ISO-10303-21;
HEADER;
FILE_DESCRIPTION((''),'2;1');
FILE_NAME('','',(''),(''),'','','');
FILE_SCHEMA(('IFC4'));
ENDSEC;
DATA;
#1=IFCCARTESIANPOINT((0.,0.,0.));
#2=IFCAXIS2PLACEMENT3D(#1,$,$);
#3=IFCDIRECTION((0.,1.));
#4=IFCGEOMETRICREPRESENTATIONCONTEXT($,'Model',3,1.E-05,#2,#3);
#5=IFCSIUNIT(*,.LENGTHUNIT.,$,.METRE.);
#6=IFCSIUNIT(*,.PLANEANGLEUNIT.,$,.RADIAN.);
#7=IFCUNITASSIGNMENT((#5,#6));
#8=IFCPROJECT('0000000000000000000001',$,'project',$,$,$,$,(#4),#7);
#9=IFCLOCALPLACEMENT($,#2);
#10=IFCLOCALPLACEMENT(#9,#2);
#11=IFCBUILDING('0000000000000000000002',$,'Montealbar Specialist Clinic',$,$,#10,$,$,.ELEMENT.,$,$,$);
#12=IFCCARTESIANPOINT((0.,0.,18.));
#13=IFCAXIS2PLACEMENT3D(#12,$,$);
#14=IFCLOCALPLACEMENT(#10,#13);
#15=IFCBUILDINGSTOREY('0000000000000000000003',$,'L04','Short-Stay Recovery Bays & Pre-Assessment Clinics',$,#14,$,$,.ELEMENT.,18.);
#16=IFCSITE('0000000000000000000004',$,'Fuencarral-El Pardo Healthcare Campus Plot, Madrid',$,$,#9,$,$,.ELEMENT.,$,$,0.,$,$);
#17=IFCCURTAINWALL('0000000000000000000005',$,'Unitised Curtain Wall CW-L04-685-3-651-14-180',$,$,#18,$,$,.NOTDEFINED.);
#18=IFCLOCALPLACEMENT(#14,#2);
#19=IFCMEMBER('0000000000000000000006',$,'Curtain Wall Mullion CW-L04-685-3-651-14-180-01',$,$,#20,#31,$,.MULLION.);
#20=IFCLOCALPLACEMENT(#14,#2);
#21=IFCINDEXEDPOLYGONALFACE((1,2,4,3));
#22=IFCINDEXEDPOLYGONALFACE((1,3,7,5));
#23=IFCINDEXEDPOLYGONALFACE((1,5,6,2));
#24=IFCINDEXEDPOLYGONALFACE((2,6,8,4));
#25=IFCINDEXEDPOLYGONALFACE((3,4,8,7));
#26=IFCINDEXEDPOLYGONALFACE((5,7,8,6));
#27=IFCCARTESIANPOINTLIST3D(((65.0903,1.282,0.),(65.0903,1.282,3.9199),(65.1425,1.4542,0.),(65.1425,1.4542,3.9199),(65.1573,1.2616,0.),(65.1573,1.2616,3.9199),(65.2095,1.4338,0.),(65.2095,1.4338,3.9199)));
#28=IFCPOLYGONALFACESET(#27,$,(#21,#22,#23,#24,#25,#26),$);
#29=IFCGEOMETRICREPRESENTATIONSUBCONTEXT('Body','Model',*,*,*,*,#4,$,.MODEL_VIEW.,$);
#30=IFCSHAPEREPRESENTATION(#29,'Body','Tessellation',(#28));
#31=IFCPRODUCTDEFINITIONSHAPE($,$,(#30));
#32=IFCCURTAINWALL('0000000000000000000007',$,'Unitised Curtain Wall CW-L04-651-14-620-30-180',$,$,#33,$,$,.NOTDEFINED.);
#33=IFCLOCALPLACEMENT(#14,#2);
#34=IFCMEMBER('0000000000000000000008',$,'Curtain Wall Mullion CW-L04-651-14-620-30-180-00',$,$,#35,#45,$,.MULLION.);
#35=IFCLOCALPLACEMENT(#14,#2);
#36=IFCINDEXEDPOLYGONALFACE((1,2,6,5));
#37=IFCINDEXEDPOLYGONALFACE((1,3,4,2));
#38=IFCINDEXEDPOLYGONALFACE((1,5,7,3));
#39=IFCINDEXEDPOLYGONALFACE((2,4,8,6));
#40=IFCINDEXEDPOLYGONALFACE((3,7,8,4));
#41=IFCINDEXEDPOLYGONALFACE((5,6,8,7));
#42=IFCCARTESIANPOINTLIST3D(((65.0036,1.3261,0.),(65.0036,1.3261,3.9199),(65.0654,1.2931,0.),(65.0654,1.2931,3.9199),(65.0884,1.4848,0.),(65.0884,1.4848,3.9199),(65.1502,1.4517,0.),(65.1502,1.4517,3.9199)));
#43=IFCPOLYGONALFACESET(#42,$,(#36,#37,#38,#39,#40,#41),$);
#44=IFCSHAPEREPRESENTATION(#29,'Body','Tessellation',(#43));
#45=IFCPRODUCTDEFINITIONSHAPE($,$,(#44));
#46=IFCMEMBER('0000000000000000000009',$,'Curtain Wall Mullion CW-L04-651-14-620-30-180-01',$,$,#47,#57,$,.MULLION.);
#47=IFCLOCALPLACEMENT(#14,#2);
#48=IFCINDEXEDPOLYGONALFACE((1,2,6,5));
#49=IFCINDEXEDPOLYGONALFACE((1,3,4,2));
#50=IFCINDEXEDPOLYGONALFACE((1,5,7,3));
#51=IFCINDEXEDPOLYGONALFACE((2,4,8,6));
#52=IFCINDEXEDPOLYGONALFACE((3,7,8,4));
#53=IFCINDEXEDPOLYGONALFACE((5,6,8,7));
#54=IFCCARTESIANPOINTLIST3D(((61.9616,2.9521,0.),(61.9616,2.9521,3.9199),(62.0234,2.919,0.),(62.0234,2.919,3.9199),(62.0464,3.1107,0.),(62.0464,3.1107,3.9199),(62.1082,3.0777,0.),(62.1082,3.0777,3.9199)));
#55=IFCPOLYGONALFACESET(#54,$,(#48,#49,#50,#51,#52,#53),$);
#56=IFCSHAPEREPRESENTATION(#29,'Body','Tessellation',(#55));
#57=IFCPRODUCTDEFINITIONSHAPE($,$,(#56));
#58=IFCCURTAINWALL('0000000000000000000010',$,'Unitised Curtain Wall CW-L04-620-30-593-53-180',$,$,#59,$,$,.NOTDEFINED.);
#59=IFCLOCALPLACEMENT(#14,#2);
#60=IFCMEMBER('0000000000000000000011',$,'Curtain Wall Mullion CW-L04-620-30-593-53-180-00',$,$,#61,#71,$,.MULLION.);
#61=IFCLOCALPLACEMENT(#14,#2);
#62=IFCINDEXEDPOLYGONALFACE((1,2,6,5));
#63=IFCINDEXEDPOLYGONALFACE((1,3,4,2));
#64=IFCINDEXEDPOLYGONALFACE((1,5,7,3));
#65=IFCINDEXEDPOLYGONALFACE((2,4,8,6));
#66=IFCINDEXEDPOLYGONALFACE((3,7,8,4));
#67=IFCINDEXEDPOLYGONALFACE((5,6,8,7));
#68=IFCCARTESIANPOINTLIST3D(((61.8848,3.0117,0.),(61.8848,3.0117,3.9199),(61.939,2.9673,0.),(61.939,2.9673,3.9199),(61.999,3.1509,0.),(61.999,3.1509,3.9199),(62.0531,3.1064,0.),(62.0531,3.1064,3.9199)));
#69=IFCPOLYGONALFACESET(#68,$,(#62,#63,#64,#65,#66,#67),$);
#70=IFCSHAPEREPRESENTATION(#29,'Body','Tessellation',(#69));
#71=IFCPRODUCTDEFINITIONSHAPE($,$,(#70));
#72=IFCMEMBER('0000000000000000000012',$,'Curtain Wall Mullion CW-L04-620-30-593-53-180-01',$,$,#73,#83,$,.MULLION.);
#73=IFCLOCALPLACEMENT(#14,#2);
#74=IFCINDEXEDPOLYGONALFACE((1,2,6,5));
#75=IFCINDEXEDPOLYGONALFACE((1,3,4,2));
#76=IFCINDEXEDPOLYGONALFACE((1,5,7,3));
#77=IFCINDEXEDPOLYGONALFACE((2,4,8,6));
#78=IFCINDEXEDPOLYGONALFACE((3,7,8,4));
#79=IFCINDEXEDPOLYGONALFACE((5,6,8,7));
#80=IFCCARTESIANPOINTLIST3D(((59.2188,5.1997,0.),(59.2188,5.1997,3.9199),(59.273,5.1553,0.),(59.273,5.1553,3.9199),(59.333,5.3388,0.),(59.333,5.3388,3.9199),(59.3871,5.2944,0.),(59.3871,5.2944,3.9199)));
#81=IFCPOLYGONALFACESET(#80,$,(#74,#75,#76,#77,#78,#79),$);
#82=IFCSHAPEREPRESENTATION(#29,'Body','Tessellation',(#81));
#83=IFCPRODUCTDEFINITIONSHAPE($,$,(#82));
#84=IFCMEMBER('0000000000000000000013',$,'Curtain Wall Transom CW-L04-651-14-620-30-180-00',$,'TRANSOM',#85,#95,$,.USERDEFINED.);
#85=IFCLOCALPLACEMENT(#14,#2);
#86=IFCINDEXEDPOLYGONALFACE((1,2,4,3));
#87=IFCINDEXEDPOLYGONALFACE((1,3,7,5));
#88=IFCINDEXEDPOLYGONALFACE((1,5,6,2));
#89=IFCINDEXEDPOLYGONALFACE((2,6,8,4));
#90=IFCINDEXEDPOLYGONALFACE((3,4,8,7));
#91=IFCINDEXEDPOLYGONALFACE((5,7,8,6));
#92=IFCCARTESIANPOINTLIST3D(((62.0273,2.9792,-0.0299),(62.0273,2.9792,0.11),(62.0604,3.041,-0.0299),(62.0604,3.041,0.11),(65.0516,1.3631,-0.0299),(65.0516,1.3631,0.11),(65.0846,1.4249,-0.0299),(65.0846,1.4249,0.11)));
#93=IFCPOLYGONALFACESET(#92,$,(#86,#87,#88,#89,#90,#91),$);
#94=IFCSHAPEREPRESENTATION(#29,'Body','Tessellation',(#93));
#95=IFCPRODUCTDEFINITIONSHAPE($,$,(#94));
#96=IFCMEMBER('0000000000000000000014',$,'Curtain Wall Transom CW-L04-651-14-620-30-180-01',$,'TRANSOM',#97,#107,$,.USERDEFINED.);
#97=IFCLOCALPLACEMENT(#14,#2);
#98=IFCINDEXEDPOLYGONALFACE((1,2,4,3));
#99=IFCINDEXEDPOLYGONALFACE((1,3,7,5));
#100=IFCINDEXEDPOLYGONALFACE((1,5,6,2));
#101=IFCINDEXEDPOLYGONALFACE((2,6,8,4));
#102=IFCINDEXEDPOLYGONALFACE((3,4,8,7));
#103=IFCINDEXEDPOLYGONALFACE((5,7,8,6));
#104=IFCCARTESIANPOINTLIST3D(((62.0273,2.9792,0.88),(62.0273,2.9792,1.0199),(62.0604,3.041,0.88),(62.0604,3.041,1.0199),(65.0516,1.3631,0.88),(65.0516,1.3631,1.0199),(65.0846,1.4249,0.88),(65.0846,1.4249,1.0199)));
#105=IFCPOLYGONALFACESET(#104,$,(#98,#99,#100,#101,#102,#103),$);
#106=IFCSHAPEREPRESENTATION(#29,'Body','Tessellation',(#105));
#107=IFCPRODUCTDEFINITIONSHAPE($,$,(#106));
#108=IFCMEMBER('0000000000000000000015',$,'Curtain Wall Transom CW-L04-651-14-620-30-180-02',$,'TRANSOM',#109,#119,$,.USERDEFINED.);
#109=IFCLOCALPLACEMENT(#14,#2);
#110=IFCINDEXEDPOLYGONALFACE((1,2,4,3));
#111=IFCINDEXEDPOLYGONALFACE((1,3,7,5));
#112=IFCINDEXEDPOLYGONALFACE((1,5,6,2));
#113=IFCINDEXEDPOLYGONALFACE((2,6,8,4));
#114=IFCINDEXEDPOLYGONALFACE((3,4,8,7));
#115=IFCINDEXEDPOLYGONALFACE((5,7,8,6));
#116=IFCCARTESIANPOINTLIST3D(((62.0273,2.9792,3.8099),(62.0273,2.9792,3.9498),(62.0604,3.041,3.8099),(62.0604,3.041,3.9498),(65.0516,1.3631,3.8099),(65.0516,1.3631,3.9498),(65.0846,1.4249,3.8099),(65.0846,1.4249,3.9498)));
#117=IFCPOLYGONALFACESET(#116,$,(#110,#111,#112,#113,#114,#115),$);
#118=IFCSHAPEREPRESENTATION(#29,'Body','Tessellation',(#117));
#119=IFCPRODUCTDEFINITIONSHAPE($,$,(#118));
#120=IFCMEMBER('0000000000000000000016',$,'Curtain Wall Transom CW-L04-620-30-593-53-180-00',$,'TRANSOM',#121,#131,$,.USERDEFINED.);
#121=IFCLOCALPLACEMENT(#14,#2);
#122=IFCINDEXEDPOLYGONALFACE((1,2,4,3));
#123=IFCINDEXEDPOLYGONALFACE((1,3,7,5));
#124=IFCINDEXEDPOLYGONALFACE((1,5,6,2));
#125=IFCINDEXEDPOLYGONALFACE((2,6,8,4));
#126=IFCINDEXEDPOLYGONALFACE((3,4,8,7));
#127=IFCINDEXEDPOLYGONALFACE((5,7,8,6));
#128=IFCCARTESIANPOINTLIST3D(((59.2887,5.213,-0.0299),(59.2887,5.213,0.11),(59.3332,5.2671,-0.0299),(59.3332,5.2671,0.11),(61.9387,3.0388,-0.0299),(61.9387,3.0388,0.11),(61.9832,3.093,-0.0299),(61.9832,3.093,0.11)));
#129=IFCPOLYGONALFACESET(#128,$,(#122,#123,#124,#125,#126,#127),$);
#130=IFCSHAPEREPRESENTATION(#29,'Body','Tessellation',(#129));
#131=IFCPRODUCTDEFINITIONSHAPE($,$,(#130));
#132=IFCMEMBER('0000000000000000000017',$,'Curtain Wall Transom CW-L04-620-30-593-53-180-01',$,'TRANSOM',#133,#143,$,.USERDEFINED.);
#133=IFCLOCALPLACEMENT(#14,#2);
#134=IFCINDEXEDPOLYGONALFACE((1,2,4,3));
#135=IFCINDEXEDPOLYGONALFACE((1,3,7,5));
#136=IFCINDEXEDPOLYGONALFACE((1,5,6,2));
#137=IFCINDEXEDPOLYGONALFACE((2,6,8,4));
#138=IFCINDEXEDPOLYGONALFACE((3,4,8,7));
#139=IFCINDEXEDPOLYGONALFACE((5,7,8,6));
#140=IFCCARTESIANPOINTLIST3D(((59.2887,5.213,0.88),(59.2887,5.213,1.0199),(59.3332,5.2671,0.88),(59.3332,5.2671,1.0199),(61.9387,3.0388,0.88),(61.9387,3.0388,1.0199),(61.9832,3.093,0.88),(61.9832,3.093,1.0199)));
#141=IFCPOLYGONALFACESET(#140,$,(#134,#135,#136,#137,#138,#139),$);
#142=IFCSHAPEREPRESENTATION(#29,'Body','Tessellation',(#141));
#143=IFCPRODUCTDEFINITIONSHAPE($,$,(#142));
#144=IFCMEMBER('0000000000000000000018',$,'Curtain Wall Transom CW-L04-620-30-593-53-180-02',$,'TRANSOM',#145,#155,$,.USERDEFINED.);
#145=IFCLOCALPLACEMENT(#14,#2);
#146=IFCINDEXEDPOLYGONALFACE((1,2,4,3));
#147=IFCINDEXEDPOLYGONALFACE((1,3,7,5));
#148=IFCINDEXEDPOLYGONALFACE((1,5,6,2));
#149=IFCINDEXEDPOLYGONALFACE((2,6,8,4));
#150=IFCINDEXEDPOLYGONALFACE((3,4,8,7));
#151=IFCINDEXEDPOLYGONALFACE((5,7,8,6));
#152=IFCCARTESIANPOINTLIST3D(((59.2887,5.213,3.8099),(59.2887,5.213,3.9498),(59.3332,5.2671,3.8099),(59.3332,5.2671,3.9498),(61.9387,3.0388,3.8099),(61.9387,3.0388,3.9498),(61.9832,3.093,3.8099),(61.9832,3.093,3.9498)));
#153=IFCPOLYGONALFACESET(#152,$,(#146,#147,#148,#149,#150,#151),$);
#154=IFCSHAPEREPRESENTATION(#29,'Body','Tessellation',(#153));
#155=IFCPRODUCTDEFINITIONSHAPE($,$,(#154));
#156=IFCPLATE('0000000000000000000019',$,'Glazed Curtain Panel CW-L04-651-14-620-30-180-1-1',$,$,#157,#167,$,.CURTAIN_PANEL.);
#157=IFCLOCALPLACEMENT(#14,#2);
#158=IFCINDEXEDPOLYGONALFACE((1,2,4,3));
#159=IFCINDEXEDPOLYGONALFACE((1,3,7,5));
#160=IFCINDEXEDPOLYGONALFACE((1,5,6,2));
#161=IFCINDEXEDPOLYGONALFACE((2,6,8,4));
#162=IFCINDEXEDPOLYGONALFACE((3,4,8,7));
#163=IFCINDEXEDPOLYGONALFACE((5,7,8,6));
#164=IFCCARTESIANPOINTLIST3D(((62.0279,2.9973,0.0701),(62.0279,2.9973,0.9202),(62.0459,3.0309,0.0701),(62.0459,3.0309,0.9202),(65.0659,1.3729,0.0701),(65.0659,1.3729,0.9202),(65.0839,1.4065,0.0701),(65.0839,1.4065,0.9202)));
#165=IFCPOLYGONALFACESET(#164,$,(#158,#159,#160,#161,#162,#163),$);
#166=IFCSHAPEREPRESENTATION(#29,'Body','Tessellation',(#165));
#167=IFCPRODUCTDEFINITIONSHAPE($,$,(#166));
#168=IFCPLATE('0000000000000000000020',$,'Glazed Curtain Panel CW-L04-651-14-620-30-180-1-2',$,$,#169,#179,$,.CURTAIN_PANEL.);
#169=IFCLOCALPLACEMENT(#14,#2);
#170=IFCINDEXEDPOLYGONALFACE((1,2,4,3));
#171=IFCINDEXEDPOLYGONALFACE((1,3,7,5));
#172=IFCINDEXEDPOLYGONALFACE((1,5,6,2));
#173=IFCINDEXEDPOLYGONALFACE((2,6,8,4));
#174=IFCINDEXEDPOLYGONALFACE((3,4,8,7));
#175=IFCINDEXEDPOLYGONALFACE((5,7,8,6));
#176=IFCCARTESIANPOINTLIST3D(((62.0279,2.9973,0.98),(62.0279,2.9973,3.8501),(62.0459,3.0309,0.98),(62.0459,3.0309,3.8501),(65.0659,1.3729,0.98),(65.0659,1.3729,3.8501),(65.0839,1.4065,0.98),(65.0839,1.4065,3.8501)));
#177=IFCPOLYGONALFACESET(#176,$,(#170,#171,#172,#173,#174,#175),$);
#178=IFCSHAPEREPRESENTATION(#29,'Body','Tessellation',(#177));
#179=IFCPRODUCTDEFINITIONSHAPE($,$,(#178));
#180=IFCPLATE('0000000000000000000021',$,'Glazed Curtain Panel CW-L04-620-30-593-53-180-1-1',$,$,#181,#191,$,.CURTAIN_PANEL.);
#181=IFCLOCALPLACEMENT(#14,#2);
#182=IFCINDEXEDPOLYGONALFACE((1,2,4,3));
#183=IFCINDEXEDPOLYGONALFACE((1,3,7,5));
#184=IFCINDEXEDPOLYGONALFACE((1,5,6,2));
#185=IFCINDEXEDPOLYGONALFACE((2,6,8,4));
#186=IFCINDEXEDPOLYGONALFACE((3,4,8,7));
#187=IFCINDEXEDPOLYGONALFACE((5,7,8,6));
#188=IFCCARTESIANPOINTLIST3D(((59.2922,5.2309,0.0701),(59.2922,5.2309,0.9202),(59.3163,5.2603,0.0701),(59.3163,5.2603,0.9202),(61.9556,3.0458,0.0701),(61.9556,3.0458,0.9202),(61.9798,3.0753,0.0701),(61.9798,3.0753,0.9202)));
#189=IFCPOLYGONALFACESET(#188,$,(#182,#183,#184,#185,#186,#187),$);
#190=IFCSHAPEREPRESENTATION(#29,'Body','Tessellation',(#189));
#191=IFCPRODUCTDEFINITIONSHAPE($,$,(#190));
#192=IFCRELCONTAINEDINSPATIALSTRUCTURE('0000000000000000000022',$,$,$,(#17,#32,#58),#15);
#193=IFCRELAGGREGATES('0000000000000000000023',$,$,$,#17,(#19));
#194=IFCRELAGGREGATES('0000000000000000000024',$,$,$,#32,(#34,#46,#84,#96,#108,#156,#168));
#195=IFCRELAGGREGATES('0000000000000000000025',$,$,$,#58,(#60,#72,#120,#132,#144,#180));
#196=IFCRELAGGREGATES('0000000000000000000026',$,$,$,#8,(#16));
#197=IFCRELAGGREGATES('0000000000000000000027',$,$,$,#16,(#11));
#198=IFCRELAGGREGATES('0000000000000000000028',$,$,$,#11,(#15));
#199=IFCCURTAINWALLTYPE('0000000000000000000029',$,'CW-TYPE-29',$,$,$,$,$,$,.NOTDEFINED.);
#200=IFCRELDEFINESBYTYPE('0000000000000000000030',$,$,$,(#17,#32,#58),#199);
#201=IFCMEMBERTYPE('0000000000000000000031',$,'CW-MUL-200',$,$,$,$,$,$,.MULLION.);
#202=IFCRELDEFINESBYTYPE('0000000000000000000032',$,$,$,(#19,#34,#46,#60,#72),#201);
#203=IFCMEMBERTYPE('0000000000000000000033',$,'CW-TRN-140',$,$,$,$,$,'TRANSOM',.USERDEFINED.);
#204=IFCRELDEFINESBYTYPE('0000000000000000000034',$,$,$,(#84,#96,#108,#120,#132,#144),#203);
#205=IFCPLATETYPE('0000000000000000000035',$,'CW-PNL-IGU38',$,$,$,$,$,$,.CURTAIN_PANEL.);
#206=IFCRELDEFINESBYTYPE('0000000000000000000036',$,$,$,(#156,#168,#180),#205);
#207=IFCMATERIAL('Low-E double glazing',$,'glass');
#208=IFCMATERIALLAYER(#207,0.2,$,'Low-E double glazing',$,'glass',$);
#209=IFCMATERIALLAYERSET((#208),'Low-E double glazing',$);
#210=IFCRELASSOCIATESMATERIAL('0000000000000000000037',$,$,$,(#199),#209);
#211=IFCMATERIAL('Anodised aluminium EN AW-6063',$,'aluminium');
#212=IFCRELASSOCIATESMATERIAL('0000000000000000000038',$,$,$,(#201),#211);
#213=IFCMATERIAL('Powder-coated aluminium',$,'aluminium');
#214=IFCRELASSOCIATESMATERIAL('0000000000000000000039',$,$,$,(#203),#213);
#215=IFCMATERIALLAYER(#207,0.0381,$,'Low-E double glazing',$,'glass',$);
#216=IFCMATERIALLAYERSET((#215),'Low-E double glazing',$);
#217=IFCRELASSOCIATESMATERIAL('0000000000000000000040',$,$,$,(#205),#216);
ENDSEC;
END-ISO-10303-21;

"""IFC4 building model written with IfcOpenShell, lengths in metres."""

from ifc_helpers import new_model, si_unit, direction, frame, origin, origin_2d, place, context, subcontext, project, spatial, rectangle, extrude, material, layer, layer_set, material_profile, profile_set, type_object, element, aggregate, save


model = new_model("IFC4")

# Units and contexts
model_context = context("Model", 3, precision=1e-05, world=origin(), true_north=direction((0.0, 1.0)))
body_context = subcontext(model_context, "Body", "Model", "MODEL_VIEW")
ifc_project = project(units=[si_unit("LENGTHUNIT", "METRE"), si_unit("PLANEANGLEUNIT", "RADIAN")], contexts=[model_context])

# Site, building, storey
site_placement = place(None, origin())
site = spatial("IfcSite", under=ifc_project, at=site_placement, Name="Fuencarral-El Pardo Healthcare Campus Plot, Madrid", CompositionType="ELEMENT", RefElevation=0.0)
building_placement = place(site_placement, origin())
building = spatial("IfcBuilding", under=site, at=building_placement, Name="Montealbar Specialist Clinic", CompositionType="ELEMENT")
storey_placement = place(building_placement, frame((0.0, 0.0, 18.0)))
storey = spatial("IfcBuildingStorey", under=building, at=storey_placement, Name="L04", Description="Short-Stay Recovery Bays & Pre-Assessment Clinics", CompositionType="ELEMENT", Elevation=18.0)

# Curtain wall, member
ifc_material_1 = material(Name="Low-E double glazing", Category="glass")
ifc_layer_1 = layer(ifc_material_1, 0.2, Name="Low-E double glazing", Category="glass")
ifc_layer_set_1 = layer_set([ifc_layer_1], Name="Low-E double glazing")
curtain_wall_type = type_object("IfcCurtainWallType", Name="CW-TYPE-29", PredefinedType="NOTDEFINED", material=ifc_layer_set_1)
curtain_wall_1_placement = place(storey_placement, origin())
curtain_wall_1 = element("IfcCurtainWall", 1, at=curtain_wall_1_placement, inside=storey, type_object=curtain_wall_type, Name="Unitised Curtain Wall CW-L04-685-3-651-14-180", PredefinedType="NOTDEFINED")
ifc_material_2 = material(Name="Anodised aluminium EN AW-6063", Category="aluminium")
ifc_material_profile_1 = material_profile(ifc_material_2, rectangle(XDim=0.0701, YDim=0.1799, at=origin_2d()), Name="ALU 70x180", Category="aluminium")
ifc_profile_set_1 = profile_set([ifc_material_profile_1], Name="Anodised aluminium EN AW-6063")
member_type_1 = type_object("IfcMemberType", Name="CW-MUL-200", PredefinedType="MULLION", material=ifc_profile_set_1)
member_1_placement = place(storey_placement, frame((65.1499, 1.3579, 0.0), z_axis=(0.0, 0.0, 1.0), x_axis=(-0.956948, 0.290259, 0.0)))
member_1 = element("IfcMember", 2, at=member_1_placement, type_object=member_type_1, Name="Curtain Wall Mullion CW-L04-685-3-651-14-180-01", PredefinedType="MULLION", context=body_context, shape_type="SweptSolid", body=[
    extrude(rectangle(XDim=0.0701, YDim=0.1799, at=origin_2d()), origin(), (0.0, 0.0, 1.0), 3.9199),
])
aggregate(curtain_wall_1, [member_1])

# Curtain walls, members
curtain_wall_2_placement = place(storey_placement, origin())
curtain_wall_2 = element("IfcCurtainWall", 3, at=curtain_wall_2_placement, inside=storey, type_object=curtain_wall_type, Name="Unitised Curtain Wall CW-L04-651-14-620-30-180", PredefinedType="NOTDEFINED")
member_2_placement = place(storey_placement, frame((65.0769, 1.3889, 0.0), z_axis=(0.0, 0.0, 1.0), x_axis=(-0.88185, 0.471529, 0.0)))
member_2 = element("IfcMember", 4, at=member_2_placement, type_object=member_type_1, Name="Curtain Wall Mullion CW-L04-651-14-620-30-180-00", PredefinedType="MULLION", context=body_context, shape_type="SweptSolid", body=[
    extrude(rectangle(XDim=0.0701, YDim=0.1799, at=origin_2d()), origin(), (0.0, 0.0, 1.0), 3.9199),
])
member_3_placement = place(storey_placement, frame((62.0349, 3.0149, 0.0), z_axis=(0.0, 0.0, 1.0), x_axis=(-0.88185, 0.471529, 0.0)))
member_3 = element("IfcMember", 5, at=member_3_placement, type_object=member_type_1, Name="Curtain Wall Mullion CW-L04-651-14-620-30-180-01", PredefinedType="MULLION", context=body_context, shape_type="SweptSolid", body=[
    extrude(rectangle(XDim=0.0701, YDim=0.1799, at=origin_2d()), origin(), (0.0, 0.0, 1.0), 3.9199),
])
curtain_wall_3_placement = place(storey_placement, origin())
curtain_wall_3 = element("IfcCurtainWall", 6, at=curtain_wall_3_placement, inside=storey, type_object=curtain_wall_type, Name="Unitised Curtain Wall CW-L04-620-30-593-53-180", PredefinedType="NOTDEFINED")
member_4_placement = place(storey_placement, frame((61.969, 3.0591, 0.0), z_axis=(0.0, 0.0, 1.0), x_axis=(-0.773123, 0.634256, 0.0)))
member_4 = element("IfcMember", 7, at=member_4_placement, type_object=member_type_1, Name="Curtain Wall Mullion CW-L04-620-30-593-53-180-00", PredefinedType="MULLION", context=body_context, shape_type="SweptSolid", body=[
    extrude(rectangle(XDim=0.0701, YDim=0.1799, at=origin_2d()), origin(), (0.0, 0.0, 1.0), 3.9199),
])
member_5_placement = place(storey_placement, frame((59.303, 5.2471, 0.0), z_axis=(0.0, 0.0, 1.0), x_axis=(-0.773123, 0.634256, 0.0)))
member_5 = element("IfcMember", 8, at=member_5_placement, type_object=member_type_1, Name="Curtain Wall Mullion CW-L04-620-30-593-53-180-01", PredefinedType="MULLION", context=body_context, shape_type="SweptSolid", body=[
    extrude(rectangle(XDim=0.0701, YDim=0.1799, at=origin_2d()), origin(), (0.0, 0.0, 1.0), 3.9199),
])

# Members
ifc_material_3 = material(Name="Powder-coated aluminium", Category="aluminium")
ifc_material_profile_2 = material_profile(ifc_material_3, rectangle(XDim=0.0701, YDim=0.1399, at=origin_2d()), Name="ALU 70x140", Category="aluminium")
ifc_profile_set_2 = profile_set([ifc_material_profile_2], Name="Powder-coated aluminium")
member_type_2 = type_object("IfcMemberType", Name="CW-TRN-140", ElementType="TRANSOM", PredefinedType="USERDEFINED", material=ifc_profile_set_2)
member_6_placement = place(storey_placement, frame((65.0681, 1.394, 0.04), z_axis=(-0.88198, 0.471287, 0.0), x_axis=(-0.471287, -0.88198, 0.0)))
member_6 = element("IfcMember", 9, at=member_6_placement, type_object=member_type_2, Name="Curtain Wall Transom CW-L04-651-14-620-30-180-00", ObjectType="TRANSOM", PredefinedType="USERDEFINED", context=body_context, shape_type="SweptSolid", body=[
    extrude(rectangle(XDim=0.0701, YDim=0.1399, at=origin_2d()), origin(), (0.0, 0.0, 1.0), 3.429),
])
member_7_placement = place(storey_placement, frame((65.0681, 1.394, 0.95), z_axis=(-0.88198, 0.471287, 0.0), x_axis=(-0.471287, -0.88198, 0.0)))
member_7 = element("IfcMember", 10, at=member_7_placement, type_object=member_type_2, Name="Curtain Wall Transom CW-L04-651-14-620-30-180-01", ObjectType="TRANSOM", PredefinedType="USERDEFINED", context=body_context, shape_type="SweptSolid", body=[
    extrude(rectangle(XDim=0.0701, YDim=0.1399, at=origin_2d()), origin(), (0.0, 0.0, 1.0), 3.429),
])
member_8_placement = place(storey_placement, frame((65.0681, 1.394, 3.8799), z_axis=(-0.88198, 0.471287, 0.0), x_axis=(-0.471287, -0.88198, 0.0)))
member_8 = element("IfcMember", 11, at=member_8_placement, type_object=member_type_2, Name="Curtain Wall Transom CW-L04-651-14-620-30-180-02", ObjectType="TRANSOM", PredefinedType="USERDEFINED", context=body_context, shape_type="SweptSolid", body=[
    extrude(rectangle(XDim=0.0701, YDim=0.1399, at=origin_2d()), origin(), (0.0, 0.0, 1.0), 3.429),
])
member_9_placement = place(storey_placement, frame((61.9609, 3.0659, 0.04), z_axis=(-0.773103, 0.634281, 0.0), x_axis=(-0.634281, -0.773103, 0.0)))
member_9 = element("IfcMember", 12, at=member_9_placement, type_object=member_type_2, Name="Curtain Wall Transom CW-L04-620-30-593-53-180-00", ObjectType="TRANSOM", PredefinedType="USERDEFINED", context=body_context, shape_type="SweptSolid", body=[
    extrude(rectangle(XDim=0.0701, YDim=0.1399, at=origin_2d()), origin(), (0.0, 0.0, 1.0), 3.4277),
])
member_10_placement = place(storey_placement, frame((61.9609, 3.0659, 0.95), z_axis=(-0.773103, 0.634281, 0.0), x_axis=(-0.634281, -0.773103, 0.0)))
member_10 = element("IfcMember", 13, at=member_10_placement, type_object=member_type_2, Name="Curtain Wall Transom CW-L04-620-30-593-53-180-01", ObjectType="TRANSOM", PredefinedType="USERDEFINED", context=body_context, shape_type="SweptSolid", body=[
    extrude(rectangle(XDim=0.0701, YDim=0.1399, at=origin_2d()), origin(), (0.0, 0.0, 1.0), 3.4277),
])
member_11_placement = place(storey_placement, frame((61.9609, 3.0659, 3.8799), z_axis=(-0.773103, 0.634281, 0.0), x_axis=(-0.634281, -0.773103, 0.0)))
member_11 = element("IfcMember", 14, at=member_11_placement, type_object=member_type_2, Name="Curtain Wall Transom CW-L04-620-30-593-53-180-02", ObjectType="TRANSOM", PredefinedType="USERDEFINED", context=body_context, shape_type="SweptSolid", body=[
    extrude(rectangle(XDim=0.0701, YDim=0.1399, at=origin_2d()), origin(), (0.0, 0.0, 1.0), 3.4277),
])

# Plates
ifc_layer_2 = layer(ifc_material_1, 0.0381, Name="Low-E double glazing", Category="glass")
ifc_layer_set_2 = layer_set([ifc_layer_2], Name="Low-E double glazing")
plate_type = type_object("IfcPlateType", Name="CW-PNL-IGU38", PredefinedType="CURTAIN_PANEL", material=ifc_layer_set_2)
plate_1_placement = place(storey_placement, frame((63.5559, 2.2019, 0.0701), z_axis=(0.0, 0.0, 1.0), x_axis=(-0.88185, 0.471529, 0.0)))
plate_1 = element("IfcPlate", 15, at=plate_1_placement, type_object=plate_type, Name="Glazed Curtain Panel CW-L04-651-14-620-30-180-1-1", PredefinedType="CURTAIN_PANEL", context=body_context, shape_type="SweptSolid", body=[
    extrude(rectangle(XDim=3.4451, YDim=0.0381, at=origin_2d()), origin(), (0.0, 0.0, 1.0), 0.8501),
])
plate_2_placement = place(storey_placement, frame((63.5559, 2.2019, 0.98), z_axis=(0.0, 0.0, 1.0), x_axis=(-0.88185, 0.471529, 0.0)))
plate_2 = element("IfcPlate", 16, at=plate_2_placement, type_object=plate_type, Name="Glazed Curtain Panel CW-L04-651-14-620-30-180-1-2", PredefinedType="CURTAIN_PANEL", context=body_context, shape_type="SweptSolid", body=[
    extrude(rectangle(XDim=3.4451, YDim=0.0381, at=origin_2d()), origin(), (0.0, 0.0, 1.0), 2.8701),
])
aggregate(curtain_wall_2, [member_2, member_3, member_6, member_7, member_8, plate_1, plate_2])
plate_3_placement = place(storey_placement, frame((60.636, 4.1531, 0.0701), z_axis=(0.0, 0.0, 1.0), x_axis=(-0.773123, 0.634256, 0.0)))
plate_3 = element("IfcPlate", 17, at=plate_3_placement, type_object=plate_type, Name="Glazed Curtain Panel CW-L04-620-30-593-53-180-1-1", PredefinedType="CURTAIN_PANEL", context=body_context, shape_type="SweptSolid", body=[
    extrude(rectangle(XDim=3.4451, YDim=0.0381, at=origin_2d()), origin(), (0.0, 0.0, 1.0), 0.8501),
])
aggregate(curtain_wall_3, [member_4, member_5, member_9, member_10, member_11, plate_3])

save(model, "model.ifc")
